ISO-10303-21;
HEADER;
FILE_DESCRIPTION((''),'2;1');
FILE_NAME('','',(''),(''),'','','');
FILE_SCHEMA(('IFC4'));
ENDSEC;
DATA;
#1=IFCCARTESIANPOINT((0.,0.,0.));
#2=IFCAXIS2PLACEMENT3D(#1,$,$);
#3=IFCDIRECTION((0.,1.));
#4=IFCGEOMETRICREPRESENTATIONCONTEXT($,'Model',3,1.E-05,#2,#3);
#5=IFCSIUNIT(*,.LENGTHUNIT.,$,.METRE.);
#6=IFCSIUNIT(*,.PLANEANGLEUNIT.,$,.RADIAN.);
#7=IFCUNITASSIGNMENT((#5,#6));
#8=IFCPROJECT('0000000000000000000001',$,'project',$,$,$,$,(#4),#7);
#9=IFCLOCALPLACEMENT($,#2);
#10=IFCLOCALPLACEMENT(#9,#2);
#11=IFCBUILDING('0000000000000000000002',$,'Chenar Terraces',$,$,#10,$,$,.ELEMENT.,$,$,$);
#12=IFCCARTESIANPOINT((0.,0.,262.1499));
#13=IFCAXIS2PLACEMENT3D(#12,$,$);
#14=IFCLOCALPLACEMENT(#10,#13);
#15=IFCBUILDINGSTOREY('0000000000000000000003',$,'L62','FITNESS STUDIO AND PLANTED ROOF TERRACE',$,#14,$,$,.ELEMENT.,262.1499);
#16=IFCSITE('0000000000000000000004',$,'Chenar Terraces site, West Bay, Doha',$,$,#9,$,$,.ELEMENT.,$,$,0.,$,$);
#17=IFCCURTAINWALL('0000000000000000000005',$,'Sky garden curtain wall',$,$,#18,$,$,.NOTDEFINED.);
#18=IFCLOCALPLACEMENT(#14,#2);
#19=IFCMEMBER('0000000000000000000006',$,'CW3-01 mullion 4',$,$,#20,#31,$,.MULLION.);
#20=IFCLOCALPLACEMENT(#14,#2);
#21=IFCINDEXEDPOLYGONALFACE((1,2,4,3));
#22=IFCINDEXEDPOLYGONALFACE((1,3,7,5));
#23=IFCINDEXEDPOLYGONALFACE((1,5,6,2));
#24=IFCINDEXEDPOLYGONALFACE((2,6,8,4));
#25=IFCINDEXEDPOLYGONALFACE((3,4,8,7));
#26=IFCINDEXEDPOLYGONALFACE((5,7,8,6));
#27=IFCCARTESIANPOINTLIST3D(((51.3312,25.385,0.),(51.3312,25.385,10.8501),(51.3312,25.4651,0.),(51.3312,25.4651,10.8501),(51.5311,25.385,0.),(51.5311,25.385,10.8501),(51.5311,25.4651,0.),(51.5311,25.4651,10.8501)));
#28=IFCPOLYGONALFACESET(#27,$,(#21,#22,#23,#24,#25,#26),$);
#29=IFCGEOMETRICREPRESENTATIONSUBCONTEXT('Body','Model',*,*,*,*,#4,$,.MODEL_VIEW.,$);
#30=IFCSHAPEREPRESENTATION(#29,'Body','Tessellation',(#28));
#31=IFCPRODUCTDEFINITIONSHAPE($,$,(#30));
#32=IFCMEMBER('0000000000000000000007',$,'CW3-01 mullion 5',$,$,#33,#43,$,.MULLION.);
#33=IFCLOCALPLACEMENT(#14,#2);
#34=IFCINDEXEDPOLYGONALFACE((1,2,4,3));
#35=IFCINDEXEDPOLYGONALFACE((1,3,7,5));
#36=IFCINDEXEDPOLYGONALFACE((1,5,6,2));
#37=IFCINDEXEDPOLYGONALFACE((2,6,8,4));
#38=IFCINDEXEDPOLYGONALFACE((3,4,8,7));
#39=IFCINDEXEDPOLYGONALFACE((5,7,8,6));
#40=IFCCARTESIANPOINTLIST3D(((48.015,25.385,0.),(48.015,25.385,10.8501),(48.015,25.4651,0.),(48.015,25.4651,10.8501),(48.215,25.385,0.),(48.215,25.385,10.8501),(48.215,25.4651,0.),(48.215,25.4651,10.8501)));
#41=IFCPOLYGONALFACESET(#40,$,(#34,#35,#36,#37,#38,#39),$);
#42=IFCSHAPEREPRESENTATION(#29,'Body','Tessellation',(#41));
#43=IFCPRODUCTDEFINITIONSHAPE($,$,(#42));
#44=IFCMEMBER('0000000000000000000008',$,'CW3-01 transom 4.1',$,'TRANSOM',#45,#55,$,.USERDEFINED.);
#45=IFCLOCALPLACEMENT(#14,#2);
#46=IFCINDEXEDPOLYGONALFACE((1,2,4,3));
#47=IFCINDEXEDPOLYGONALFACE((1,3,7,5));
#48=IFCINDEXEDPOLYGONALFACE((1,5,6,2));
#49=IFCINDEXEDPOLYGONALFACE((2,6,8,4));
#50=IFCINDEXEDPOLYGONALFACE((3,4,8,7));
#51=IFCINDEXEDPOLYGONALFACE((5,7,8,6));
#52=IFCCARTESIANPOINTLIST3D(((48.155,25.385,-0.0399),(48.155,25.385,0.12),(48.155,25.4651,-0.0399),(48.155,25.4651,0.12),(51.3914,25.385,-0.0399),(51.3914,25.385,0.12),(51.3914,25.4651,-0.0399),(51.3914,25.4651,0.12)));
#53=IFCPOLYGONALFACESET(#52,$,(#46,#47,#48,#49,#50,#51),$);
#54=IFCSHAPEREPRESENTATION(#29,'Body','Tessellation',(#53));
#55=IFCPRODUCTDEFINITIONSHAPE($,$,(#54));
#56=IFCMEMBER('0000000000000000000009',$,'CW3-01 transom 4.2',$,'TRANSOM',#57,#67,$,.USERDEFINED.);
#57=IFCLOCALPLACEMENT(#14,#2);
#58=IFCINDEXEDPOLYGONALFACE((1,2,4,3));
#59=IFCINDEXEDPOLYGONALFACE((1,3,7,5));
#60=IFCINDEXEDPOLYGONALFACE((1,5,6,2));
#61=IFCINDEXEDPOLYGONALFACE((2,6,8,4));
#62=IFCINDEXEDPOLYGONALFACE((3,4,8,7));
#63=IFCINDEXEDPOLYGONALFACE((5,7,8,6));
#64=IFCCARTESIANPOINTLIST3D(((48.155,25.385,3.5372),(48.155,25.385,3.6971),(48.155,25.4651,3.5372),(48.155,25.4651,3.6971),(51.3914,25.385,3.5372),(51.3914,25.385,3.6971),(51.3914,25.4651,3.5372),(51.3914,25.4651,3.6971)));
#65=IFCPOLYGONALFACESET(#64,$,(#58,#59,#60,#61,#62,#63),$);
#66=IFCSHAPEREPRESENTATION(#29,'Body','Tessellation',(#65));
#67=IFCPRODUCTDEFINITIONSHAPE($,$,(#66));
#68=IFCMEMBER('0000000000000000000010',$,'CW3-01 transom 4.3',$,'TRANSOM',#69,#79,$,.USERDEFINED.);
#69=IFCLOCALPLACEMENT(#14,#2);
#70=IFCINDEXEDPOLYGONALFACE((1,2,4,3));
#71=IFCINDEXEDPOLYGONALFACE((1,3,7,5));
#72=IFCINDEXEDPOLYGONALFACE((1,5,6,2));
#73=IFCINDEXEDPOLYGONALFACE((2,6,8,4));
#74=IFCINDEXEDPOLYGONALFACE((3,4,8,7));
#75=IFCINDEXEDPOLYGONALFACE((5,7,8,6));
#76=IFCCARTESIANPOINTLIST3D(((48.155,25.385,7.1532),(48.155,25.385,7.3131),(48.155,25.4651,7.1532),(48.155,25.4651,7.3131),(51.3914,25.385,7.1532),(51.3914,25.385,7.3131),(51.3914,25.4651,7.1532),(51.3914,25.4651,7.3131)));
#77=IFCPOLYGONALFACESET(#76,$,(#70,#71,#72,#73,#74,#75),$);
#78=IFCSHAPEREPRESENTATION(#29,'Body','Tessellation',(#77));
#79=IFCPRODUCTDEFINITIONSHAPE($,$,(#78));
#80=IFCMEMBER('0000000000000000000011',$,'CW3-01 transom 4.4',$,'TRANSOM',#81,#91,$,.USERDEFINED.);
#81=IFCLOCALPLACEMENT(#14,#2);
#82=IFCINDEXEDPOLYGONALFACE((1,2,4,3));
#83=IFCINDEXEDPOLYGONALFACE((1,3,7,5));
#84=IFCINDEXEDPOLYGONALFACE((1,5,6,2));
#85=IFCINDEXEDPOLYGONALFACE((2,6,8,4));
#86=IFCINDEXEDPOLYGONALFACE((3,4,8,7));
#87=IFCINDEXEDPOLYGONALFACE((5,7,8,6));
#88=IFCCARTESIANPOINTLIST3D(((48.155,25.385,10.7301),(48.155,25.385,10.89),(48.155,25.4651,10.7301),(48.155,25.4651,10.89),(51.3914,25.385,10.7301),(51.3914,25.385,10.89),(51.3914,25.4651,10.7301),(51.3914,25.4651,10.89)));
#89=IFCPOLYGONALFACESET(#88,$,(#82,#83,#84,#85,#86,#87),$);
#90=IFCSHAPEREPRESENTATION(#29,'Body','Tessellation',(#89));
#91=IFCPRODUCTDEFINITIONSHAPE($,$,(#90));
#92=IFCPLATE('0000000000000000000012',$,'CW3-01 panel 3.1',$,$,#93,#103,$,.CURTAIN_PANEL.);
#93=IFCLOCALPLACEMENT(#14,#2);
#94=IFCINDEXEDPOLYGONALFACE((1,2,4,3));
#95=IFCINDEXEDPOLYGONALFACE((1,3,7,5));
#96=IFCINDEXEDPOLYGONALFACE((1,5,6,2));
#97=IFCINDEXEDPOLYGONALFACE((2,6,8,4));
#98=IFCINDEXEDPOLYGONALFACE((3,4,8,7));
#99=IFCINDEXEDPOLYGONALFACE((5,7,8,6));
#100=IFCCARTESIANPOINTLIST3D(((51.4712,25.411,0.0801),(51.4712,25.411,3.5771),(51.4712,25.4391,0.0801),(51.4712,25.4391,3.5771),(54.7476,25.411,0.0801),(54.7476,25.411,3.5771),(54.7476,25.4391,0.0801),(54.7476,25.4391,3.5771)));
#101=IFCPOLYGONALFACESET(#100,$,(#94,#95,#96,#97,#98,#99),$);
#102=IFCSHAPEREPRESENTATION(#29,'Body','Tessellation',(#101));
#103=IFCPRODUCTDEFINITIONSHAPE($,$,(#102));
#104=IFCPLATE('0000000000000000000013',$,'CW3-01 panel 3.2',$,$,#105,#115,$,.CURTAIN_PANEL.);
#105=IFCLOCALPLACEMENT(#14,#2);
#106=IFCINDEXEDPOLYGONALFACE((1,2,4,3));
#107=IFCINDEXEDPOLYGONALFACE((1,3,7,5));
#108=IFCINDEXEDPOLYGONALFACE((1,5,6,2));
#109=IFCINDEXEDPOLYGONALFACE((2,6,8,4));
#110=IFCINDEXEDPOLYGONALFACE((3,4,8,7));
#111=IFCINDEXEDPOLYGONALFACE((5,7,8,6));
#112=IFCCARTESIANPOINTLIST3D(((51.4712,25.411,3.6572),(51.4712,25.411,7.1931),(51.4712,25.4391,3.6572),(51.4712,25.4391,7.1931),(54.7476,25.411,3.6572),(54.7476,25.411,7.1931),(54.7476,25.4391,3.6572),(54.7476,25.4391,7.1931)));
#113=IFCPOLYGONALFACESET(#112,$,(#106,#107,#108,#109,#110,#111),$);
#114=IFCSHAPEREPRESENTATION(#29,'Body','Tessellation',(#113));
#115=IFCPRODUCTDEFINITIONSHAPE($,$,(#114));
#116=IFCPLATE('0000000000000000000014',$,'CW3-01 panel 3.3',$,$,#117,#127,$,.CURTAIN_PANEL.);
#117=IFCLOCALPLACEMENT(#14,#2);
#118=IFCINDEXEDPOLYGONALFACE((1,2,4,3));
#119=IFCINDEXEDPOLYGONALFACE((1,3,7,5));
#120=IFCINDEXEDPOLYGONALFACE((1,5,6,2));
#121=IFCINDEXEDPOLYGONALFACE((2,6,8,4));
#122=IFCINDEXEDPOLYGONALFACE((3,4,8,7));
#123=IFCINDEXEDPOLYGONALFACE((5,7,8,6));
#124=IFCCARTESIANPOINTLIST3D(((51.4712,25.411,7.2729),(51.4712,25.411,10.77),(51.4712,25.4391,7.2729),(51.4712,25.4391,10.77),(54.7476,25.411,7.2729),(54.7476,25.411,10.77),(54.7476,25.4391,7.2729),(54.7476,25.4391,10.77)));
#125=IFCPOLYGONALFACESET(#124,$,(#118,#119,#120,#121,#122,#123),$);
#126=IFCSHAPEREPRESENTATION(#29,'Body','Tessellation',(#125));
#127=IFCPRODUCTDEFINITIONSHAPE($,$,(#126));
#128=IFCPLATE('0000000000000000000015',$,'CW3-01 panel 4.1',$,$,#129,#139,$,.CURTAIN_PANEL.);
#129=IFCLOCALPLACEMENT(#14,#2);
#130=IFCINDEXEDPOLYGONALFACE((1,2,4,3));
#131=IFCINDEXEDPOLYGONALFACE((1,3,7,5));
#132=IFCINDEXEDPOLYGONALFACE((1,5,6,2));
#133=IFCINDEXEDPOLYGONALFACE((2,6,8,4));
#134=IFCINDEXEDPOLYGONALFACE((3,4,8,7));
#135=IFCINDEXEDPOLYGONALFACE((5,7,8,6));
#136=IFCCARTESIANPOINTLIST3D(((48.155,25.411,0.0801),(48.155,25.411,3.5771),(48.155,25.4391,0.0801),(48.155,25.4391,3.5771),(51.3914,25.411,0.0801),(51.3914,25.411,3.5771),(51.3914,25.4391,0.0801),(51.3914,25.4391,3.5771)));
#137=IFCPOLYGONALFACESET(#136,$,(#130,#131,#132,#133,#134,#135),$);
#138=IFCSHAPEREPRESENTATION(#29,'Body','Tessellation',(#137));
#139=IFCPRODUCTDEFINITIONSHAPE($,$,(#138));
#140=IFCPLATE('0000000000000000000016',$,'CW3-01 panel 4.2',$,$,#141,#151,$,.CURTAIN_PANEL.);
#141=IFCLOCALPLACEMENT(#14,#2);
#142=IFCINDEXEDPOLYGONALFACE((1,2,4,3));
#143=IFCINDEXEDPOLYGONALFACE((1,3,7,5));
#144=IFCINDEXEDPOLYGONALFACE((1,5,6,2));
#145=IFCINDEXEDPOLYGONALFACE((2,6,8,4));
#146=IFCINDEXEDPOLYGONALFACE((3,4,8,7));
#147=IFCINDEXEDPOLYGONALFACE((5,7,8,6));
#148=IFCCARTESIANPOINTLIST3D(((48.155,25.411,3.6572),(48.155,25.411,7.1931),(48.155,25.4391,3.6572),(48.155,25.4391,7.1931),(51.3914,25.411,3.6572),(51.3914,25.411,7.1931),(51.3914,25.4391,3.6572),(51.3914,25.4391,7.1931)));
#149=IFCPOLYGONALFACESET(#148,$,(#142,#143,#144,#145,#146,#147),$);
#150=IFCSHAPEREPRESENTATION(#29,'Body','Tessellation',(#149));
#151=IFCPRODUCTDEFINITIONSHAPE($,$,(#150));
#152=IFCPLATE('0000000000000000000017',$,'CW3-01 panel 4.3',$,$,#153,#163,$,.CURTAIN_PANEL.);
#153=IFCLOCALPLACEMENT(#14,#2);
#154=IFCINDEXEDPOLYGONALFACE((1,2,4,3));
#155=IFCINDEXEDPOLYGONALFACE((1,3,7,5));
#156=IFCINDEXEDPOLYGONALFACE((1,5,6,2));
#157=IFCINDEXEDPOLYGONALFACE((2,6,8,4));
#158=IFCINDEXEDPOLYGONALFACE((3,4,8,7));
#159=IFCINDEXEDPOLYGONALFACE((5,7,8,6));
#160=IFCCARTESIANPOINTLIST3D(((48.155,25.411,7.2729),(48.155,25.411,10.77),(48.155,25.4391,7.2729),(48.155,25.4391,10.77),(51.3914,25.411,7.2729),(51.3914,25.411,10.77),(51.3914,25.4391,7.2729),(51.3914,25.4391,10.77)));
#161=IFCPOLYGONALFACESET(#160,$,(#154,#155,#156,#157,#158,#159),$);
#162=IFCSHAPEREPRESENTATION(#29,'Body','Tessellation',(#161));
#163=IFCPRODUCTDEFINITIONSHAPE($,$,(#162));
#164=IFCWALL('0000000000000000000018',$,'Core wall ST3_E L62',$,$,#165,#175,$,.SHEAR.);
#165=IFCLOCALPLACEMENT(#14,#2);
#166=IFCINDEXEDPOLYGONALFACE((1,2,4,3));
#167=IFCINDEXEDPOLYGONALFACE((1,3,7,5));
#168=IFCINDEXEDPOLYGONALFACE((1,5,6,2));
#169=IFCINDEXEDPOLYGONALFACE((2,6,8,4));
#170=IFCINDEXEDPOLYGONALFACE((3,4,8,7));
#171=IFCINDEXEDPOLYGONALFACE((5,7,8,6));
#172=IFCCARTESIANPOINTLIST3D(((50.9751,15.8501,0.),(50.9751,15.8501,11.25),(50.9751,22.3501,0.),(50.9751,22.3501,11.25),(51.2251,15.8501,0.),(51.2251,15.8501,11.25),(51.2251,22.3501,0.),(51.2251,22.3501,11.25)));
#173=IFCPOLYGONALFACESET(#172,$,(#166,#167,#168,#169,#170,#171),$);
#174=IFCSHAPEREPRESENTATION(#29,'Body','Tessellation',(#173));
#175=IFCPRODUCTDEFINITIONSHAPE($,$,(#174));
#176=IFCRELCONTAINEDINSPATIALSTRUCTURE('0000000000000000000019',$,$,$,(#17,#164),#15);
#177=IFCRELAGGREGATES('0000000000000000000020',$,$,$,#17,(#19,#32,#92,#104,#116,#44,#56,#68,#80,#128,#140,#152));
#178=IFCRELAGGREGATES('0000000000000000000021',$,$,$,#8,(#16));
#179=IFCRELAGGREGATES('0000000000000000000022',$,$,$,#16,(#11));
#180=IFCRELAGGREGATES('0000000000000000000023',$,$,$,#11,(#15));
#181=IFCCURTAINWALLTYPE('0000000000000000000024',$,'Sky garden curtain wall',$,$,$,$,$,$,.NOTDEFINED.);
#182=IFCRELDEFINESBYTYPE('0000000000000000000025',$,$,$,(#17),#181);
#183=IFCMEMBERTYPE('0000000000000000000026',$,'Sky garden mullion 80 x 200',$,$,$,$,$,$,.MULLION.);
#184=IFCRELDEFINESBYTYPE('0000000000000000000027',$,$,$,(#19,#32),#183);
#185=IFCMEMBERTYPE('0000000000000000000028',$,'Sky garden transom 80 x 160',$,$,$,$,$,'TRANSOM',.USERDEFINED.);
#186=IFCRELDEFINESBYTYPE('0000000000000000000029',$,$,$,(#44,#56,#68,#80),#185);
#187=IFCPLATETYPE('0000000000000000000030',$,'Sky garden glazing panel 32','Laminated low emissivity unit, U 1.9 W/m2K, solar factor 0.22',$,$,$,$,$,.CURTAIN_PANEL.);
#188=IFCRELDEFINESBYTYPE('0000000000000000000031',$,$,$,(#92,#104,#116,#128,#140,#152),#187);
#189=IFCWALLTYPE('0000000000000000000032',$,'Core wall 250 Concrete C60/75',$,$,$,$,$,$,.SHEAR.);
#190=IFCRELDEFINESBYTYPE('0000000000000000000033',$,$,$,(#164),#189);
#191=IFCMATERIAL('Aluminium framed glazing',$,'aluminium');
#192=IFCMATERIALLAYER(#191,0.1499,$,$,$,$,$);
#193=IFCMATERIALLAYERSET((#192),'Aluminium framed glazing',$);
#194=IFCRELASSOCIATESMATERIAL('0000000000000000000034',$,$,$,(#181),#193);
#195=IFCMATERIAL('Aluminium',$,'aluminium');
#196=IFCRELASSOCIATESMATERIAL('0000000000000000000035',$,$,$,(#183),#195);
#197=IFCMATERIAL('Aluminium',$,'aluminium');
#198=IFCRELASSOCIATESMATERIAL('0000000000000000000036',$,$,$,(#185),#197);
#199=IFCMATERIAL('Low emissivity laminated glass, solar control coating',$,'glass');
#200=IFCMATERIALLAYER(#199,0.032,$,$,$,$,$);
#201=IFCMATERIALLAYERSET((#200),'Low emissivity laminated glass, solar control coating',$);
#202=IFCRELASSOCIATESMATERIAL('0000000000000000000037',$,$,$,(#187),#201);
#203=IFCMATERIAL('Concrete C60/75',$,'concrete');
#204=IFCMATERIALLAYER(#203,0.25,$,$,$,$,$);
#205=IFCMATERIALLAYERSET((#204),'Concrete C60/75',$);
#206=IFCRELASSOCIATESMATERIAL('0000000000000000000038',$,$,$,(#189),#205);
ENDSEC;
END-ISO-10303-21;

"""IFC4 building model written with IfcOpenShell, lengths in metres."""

from ifc_helpers import new_model, si_unit, direction, frame, frame_2d, origin, origin_2d, place, context, subcontext, project, spatial, rectangle, extrude, material, layer, layer_set, material_profile, profile_set, type_object, element, aggregate, save


model = new_model("IFC4")

# Units and contexts
model_context = context("Model", 3, precision=1e-05, world=origin(), true_north=direction((0.0, 1.0)))
body_context = subcontext(model_context, "Body", "Model", "MODEL_VIEW")
ifc_project = project(units=[si_unit("LENGTHUNIT", "METRE"), si_unit("PLANEANGLEUNIT", "RADIAN")], contexts=[model_context])

# Site, building, storey
site_placement = place(None, origin())
site = spatial("IfcSite", under=ifc_project, at=site_placement, Name="Chenar Terraces site, West Bay, Doha", CompositionType="ELEMENT", RefElevation=0.0)
building_placement = place(site_placement, origin())
building = spatial("IfcBuilding", under=site, at=building_placement, Name="Chenar Terraces", CompositionType="ELEMENT")
storey_placement = place(building_placement, frame((0.0, 0.0, 262.1499)))
storey = spatial("IfcBuildingStorey", under=building, at=storey_placement, Name="L62", Description="FITNESS STUDIO AND PLANTED ROOF TERRACE", CompositionType="ELEMENT", Elevation=262.1499)

# Curtain wall, members, plates
ifc_material_1 = material(Name="Aluminium framed glazing", Category="aluminium")
ifc_layer_1 = layer(ifc_material_1, 0.1499)
ifc_layer_set_1 = layer_set([ifc_layer_1], Name="Aluminium framed glazing")
curtain_wall_type = type_object("IfcCurtainWallType", Name="Sky garden curtain wall", PredefinedType="NOTDEFINED", material=ifc_layer_set_1)
placement = place(storey_placement, origin())
curtain_wall = element("IfcCurtainWall", 1, at=placement, inside=storey, type_object=curtain_wall_type, Name="Sky garden curtain wall", PredefinedType="NOTDEFINED")
ifc_material_2 = material(Name="Aluminium", Category="aluminium")
ifc_material_profile_1 = material_profile(ifc_material_2, rectangle(XDim=0.0801, YDim=0.2, at=origin_2d()), Name="Sky garden mullion 80 x 200")
ifc_profile_set_1 = profile_set([ifc_material_profile_1], Name="Aluminium")
member_type_1 = type_object("IfcMemberType", Name="Sky garden mullion 80 x 200", PredefinedType="MULLION", material=ifc_profile_set_1)
member_1_placement = place(storey_placement, frame((51.4312, 25.425, 0.0), z_axis=(0.0, 0.0, 1.0), x_axis=(0.0, -1.0, 0.0)))
member_1 = element("IfcMember", 2, at=member_1_placement, type_object=member_type_1, Name="CW3-01 mullion 4", PredefinedType="MULLION", context=body_context, shape_type="SweptSolid", body=[
    extrude(rectangle(XDim=0.0801, YDim=0.2, at=origin_2d()), origin(), (0.0, 0.0, 1.0), 10.8501),
])
member_2_placement = place(storey_placement, frame((48.115, 25.425, 0.0), z_axis=(0.0, 0.0, 1.0), x_axis=(0.0, -1.0, 0.0)))
member_2 = element("IfcMember", 3, at=member_2_placement, type_object=member_type_1, Name="CW3-01 mullion 5", PredefinedType="MULLION", context=body_context, shape_type="SweptSolid", body=[
    extrude(rectangle(XDim=0.0801, YDim=0.2, at=origin_2d()), origin(), (0.0, 0.0, 1.0), 10.8501),
])
ifc_material_3 = material(Name="Aluminium", Category="aluminium")
ifc_material_profile_2 = material_profile(ifc_material_3, rectangle(XDim=0.0801, YDim=0.1599, at=origin_2d()), Name="Sky garden transom 80 x 160")
ifc_profile_set_2 = profile_set([ifc_material_profile_2], Name="Aluminium")
member_type_2 = type_object("IfcMemberType", Name="Sky garden transom 80 x 160", ElementType="TRANSOM", PredefinedType="USERDEFINED", material=ifc_profile_set_2)
member_3_placement = place(storey_placement, frame((51.3914, 25.425, 0.04), z_axis=(-1.0, 0.0, 0.0), x_axis=(0.0, -1.0, 0.0)))
member_3 = element("IfcMember", 4, at=member_3_placement, type_object=member_type_2, Name="CW3-01 transom 4.1", ObjectType="TRANSOM", PredefinedType="USERDEFINED", context=body_context, shape_type="SweptSolid", body=[
    extrude(rectangle(XDim=0.0801, YDim=0.1599, at=origin_2d()), origin(), (0.0, 0.0, 1.0), 3.2363),
])
member_4_placement = place(storey_placement, frame((51.3914, 25.425, 3.6172), z_axis=(-1.0, 0.0, 0.0), x_axis=(0.0, -1.0, 0.0)))
member_4 = element("IfcMember", 5, at=member_4_placement, type_object=member_type_2, Name="CW3-01 transom 4.2", ObjectType="TRANSOM", PredefinedType="USERDEFINED", context=body_context, shape_type="SweptSolid", body=[
    extrude(rectangle(XDim=0.0801, YDim=0.1599, at=origin_2d()), origin(), (0.0, 0.0, 1.0), 3.2363),
])
member_5_placement = place(storey_placement, frame((51.3914, 25.425, 7.2332), z_axis=(-1.0, 0.0, 0.0), x_axis=(0.0, -1.0, 0.0)))
member_5 = element("IfcMember", 6, at=member_5_placement, type_object=member_type_2, Name="CW3-01 transom 4.3", ObjectType="TRANSOM", PredefinedType="USERDEFINED", context=body_context, shape_type="SweptSolid", body=[
    extrude(rectangle(XDim=0.0801, YDim=0.1599, at=origin_2d()), origin(), (0.0, 0.0, 1.0), 3.2363),
])
member_6_placement = place(storey_placement, frame((51.3914, 25.425, 10.8101), z_axis=(-1.0, 0.0, 0.0), x_axis=(0.0, -1.0, 0.0)))
member_6 = element("IfcMember", 7, at=member_6_placement, type_object=member_type_2, Name="CW3-01 transom 4.4", ObjectType="TRANSOM", PredefinedType="USERDEFINED", context=body_context, shape_type="SweptSolid", body=[
    extrude(rectangle(XDim=0.0801, YDim=0.1599, at=origin_2d()), origin(), (0.0, 0.0, 1.0), 3.2363),
])
ifc_material_4 = material(Name="Low emissivity laminated glass, solar control coating", Category="glass")
ifc_layer_2 = layer(ifc_material_4, 0.032)
ifc_layer_set_2 = layer_set([ifc_layer_2], Name="Low emissivity laminated glass, solar control coating")
plate_type = type_object("IfcPlateType", Name="Sky garden glazing panel 32", Description="Laminated low emissivity unit, U 1.9 W/m2K, solar factor 0.22", PredefinedType="CURTAIN_PANEL", material=ifc_layer_set_2)
plate_1_placement = place(storey_placement, frame((53.1094, 25.425, 0.0801), z_axis=(0.0, 0.0, 1.0), x_axis=(-1.0, 0.0, 0.0)))
plate_1 = element("IfcPlate", 8, at=plate_1_placement, type_object=plate_type, Name="CW3-01 panel 3.1", PredefinedType="CURTAIN_PANEL", context=body_context, shape_type="SweptSolid", body=[
    extrude(rectangle(XDim=3.2764, YDim=0.0281, at=origin_2d()), origin(), (0.0, 0.0, 1.0), 3.4971),
])
plate_2_placement = place(storey_placement, frame((53.1094, 25.425, 3.6572), z_axis=(0.0, 0.0, 1.0), x_axis=(-1.0, 0.0, 0.0)))
plate_2 = element("IfcPlate", 9, at=plate_2_placement, type_object=plate_type, Name="CW3-01 panel 3.2", PredefinedType="CURTAIN_PANEL", context=body_context, shape_type="SweptSolid", body=[
    extrude(rectangle(XDim=3.2764, YDim=0.0281, at=origin_2d()), origin(), (0.0, 0.0, 1.0), 3.5359),
])
plate_3_placement = place(storey_placement, frame((53.1094, 25.425, 7.2729), z_axis=(0.0, 0.0, 1.0), x_axis=(-1.0, 0.0, 0.0)))
plate_3 = element("IfcPlate", 10, at=plate_3_placement, type_object=plate_type, Name="CW3-01 panel 3.3", PredefinedType="CURTAIN_PANEL", context=body_context, shape_type="SweptSolid", body=[
    extrude(rectangle(XDim=3.2764, YDim=0.0281, at=origin_2d()), origin(), (0.0, 0.0, 1.0), 3.4971),
])
plate_4_placement = place(storey_placement, frame((49.7732, 25.425, 0.0801), z_axis=(0.0, 0.0, 1.0), x_axis=(-1.0, 0.0, 0.0)))
plate_4 = element("IfcPlate", 11, at=plate_4_placement, type_object=plate_type, Name="CW3-01 panel 4.1", PredefinedType="CURTAIN_PANEL", context=body_context, shape_type="SweptSolid", body=[
    extrude(rectangle(XDim=3.2363, YDim=0.0281, at=origin_2d()), origin(), (0.0, 0.0, 1.0), 3.4971),
])
plate_5_placement = place(storey_placement, frame((49.7732, 25.425, 3.6572), z_axis=(0.0, 0.0, 1.0), x_axis=(-1.0, 0.0, 0.0)))
plate_5 = element("IfcPlate", 12, at=plate_5_placement, type_object=plate_type, Name="CW3-01 panel 4.2", PredefinedType="CURTAIN_PANEL", context=body_context, shape_type="SweptSolid", body=[
    extrude(rectangle(XDim=3.2363, YDim=0.0281, at=origin_2d()), origin(), (0.0, 0.0, 1.0), 3.5359),
])
plate_6_placement = place(storey_placement, frame((49.7732, 25.425, 7.2729), z_axis=(0.0, 0.0, 1.0), x_axis=(-1.0, 0.0, 0.0)))
plate_6 = element("IfcPlate", 13, at=plate_6_placement, type_object=plate_type, Name="CW3-01 panel 4.3", PredefinedType="CURTAIN_PANEL", context=body_context, shape_type="SweptSolid", body=[
    extrude(rectangle(XDim=3.2363, YDim=0.0281, at=origin_2d()), origin(), (0.0, 0.0, 1.0), 3.4971),
])
aggregate(curtain_wall, [member_1, member_2, plate_1, plate_2, plate_3, member_3, member_4, member_5, member_6, plate_4, plate_5, plate_6])

# Wall
ifc_material_5 = material(Name="Concrete C60/75", Category="concrete")
ifc_layer_3 = layer(ifc_material_5, 0.25)
ifc_layer_set_3 = layer_set([ifc_layer_3], Name="Concrete C60/75")
wall_type_1 = type_object("IfcWallType", Name="Core wall 250 Concrete C60/75", PredefinedType="SHEAR", material=ifc_layer_set_3)
wall_1_placement = place(storey_placement, frame((51.1001, 15.8501, 0.0), z_axis=(0.0, 0.0, 1.0), x_axis=(0.0, 1.0, 0.0)))
element("IfcWall", 14, at=wall_1_placement, inside=storey, type_object=wall_type_1, Name="Core wall ST3_E L62", PredefinedType="SHEAR", context=body_context, shape_type="SweptSolid", body=[
    extrude(rectangle(XDim=6.5, YDim=0.25, at=frame_2d((3.25, 0.0))), origin(), (0.0, 0.0, 1.0), 11.25),
])

save(model, "model.ifc")
